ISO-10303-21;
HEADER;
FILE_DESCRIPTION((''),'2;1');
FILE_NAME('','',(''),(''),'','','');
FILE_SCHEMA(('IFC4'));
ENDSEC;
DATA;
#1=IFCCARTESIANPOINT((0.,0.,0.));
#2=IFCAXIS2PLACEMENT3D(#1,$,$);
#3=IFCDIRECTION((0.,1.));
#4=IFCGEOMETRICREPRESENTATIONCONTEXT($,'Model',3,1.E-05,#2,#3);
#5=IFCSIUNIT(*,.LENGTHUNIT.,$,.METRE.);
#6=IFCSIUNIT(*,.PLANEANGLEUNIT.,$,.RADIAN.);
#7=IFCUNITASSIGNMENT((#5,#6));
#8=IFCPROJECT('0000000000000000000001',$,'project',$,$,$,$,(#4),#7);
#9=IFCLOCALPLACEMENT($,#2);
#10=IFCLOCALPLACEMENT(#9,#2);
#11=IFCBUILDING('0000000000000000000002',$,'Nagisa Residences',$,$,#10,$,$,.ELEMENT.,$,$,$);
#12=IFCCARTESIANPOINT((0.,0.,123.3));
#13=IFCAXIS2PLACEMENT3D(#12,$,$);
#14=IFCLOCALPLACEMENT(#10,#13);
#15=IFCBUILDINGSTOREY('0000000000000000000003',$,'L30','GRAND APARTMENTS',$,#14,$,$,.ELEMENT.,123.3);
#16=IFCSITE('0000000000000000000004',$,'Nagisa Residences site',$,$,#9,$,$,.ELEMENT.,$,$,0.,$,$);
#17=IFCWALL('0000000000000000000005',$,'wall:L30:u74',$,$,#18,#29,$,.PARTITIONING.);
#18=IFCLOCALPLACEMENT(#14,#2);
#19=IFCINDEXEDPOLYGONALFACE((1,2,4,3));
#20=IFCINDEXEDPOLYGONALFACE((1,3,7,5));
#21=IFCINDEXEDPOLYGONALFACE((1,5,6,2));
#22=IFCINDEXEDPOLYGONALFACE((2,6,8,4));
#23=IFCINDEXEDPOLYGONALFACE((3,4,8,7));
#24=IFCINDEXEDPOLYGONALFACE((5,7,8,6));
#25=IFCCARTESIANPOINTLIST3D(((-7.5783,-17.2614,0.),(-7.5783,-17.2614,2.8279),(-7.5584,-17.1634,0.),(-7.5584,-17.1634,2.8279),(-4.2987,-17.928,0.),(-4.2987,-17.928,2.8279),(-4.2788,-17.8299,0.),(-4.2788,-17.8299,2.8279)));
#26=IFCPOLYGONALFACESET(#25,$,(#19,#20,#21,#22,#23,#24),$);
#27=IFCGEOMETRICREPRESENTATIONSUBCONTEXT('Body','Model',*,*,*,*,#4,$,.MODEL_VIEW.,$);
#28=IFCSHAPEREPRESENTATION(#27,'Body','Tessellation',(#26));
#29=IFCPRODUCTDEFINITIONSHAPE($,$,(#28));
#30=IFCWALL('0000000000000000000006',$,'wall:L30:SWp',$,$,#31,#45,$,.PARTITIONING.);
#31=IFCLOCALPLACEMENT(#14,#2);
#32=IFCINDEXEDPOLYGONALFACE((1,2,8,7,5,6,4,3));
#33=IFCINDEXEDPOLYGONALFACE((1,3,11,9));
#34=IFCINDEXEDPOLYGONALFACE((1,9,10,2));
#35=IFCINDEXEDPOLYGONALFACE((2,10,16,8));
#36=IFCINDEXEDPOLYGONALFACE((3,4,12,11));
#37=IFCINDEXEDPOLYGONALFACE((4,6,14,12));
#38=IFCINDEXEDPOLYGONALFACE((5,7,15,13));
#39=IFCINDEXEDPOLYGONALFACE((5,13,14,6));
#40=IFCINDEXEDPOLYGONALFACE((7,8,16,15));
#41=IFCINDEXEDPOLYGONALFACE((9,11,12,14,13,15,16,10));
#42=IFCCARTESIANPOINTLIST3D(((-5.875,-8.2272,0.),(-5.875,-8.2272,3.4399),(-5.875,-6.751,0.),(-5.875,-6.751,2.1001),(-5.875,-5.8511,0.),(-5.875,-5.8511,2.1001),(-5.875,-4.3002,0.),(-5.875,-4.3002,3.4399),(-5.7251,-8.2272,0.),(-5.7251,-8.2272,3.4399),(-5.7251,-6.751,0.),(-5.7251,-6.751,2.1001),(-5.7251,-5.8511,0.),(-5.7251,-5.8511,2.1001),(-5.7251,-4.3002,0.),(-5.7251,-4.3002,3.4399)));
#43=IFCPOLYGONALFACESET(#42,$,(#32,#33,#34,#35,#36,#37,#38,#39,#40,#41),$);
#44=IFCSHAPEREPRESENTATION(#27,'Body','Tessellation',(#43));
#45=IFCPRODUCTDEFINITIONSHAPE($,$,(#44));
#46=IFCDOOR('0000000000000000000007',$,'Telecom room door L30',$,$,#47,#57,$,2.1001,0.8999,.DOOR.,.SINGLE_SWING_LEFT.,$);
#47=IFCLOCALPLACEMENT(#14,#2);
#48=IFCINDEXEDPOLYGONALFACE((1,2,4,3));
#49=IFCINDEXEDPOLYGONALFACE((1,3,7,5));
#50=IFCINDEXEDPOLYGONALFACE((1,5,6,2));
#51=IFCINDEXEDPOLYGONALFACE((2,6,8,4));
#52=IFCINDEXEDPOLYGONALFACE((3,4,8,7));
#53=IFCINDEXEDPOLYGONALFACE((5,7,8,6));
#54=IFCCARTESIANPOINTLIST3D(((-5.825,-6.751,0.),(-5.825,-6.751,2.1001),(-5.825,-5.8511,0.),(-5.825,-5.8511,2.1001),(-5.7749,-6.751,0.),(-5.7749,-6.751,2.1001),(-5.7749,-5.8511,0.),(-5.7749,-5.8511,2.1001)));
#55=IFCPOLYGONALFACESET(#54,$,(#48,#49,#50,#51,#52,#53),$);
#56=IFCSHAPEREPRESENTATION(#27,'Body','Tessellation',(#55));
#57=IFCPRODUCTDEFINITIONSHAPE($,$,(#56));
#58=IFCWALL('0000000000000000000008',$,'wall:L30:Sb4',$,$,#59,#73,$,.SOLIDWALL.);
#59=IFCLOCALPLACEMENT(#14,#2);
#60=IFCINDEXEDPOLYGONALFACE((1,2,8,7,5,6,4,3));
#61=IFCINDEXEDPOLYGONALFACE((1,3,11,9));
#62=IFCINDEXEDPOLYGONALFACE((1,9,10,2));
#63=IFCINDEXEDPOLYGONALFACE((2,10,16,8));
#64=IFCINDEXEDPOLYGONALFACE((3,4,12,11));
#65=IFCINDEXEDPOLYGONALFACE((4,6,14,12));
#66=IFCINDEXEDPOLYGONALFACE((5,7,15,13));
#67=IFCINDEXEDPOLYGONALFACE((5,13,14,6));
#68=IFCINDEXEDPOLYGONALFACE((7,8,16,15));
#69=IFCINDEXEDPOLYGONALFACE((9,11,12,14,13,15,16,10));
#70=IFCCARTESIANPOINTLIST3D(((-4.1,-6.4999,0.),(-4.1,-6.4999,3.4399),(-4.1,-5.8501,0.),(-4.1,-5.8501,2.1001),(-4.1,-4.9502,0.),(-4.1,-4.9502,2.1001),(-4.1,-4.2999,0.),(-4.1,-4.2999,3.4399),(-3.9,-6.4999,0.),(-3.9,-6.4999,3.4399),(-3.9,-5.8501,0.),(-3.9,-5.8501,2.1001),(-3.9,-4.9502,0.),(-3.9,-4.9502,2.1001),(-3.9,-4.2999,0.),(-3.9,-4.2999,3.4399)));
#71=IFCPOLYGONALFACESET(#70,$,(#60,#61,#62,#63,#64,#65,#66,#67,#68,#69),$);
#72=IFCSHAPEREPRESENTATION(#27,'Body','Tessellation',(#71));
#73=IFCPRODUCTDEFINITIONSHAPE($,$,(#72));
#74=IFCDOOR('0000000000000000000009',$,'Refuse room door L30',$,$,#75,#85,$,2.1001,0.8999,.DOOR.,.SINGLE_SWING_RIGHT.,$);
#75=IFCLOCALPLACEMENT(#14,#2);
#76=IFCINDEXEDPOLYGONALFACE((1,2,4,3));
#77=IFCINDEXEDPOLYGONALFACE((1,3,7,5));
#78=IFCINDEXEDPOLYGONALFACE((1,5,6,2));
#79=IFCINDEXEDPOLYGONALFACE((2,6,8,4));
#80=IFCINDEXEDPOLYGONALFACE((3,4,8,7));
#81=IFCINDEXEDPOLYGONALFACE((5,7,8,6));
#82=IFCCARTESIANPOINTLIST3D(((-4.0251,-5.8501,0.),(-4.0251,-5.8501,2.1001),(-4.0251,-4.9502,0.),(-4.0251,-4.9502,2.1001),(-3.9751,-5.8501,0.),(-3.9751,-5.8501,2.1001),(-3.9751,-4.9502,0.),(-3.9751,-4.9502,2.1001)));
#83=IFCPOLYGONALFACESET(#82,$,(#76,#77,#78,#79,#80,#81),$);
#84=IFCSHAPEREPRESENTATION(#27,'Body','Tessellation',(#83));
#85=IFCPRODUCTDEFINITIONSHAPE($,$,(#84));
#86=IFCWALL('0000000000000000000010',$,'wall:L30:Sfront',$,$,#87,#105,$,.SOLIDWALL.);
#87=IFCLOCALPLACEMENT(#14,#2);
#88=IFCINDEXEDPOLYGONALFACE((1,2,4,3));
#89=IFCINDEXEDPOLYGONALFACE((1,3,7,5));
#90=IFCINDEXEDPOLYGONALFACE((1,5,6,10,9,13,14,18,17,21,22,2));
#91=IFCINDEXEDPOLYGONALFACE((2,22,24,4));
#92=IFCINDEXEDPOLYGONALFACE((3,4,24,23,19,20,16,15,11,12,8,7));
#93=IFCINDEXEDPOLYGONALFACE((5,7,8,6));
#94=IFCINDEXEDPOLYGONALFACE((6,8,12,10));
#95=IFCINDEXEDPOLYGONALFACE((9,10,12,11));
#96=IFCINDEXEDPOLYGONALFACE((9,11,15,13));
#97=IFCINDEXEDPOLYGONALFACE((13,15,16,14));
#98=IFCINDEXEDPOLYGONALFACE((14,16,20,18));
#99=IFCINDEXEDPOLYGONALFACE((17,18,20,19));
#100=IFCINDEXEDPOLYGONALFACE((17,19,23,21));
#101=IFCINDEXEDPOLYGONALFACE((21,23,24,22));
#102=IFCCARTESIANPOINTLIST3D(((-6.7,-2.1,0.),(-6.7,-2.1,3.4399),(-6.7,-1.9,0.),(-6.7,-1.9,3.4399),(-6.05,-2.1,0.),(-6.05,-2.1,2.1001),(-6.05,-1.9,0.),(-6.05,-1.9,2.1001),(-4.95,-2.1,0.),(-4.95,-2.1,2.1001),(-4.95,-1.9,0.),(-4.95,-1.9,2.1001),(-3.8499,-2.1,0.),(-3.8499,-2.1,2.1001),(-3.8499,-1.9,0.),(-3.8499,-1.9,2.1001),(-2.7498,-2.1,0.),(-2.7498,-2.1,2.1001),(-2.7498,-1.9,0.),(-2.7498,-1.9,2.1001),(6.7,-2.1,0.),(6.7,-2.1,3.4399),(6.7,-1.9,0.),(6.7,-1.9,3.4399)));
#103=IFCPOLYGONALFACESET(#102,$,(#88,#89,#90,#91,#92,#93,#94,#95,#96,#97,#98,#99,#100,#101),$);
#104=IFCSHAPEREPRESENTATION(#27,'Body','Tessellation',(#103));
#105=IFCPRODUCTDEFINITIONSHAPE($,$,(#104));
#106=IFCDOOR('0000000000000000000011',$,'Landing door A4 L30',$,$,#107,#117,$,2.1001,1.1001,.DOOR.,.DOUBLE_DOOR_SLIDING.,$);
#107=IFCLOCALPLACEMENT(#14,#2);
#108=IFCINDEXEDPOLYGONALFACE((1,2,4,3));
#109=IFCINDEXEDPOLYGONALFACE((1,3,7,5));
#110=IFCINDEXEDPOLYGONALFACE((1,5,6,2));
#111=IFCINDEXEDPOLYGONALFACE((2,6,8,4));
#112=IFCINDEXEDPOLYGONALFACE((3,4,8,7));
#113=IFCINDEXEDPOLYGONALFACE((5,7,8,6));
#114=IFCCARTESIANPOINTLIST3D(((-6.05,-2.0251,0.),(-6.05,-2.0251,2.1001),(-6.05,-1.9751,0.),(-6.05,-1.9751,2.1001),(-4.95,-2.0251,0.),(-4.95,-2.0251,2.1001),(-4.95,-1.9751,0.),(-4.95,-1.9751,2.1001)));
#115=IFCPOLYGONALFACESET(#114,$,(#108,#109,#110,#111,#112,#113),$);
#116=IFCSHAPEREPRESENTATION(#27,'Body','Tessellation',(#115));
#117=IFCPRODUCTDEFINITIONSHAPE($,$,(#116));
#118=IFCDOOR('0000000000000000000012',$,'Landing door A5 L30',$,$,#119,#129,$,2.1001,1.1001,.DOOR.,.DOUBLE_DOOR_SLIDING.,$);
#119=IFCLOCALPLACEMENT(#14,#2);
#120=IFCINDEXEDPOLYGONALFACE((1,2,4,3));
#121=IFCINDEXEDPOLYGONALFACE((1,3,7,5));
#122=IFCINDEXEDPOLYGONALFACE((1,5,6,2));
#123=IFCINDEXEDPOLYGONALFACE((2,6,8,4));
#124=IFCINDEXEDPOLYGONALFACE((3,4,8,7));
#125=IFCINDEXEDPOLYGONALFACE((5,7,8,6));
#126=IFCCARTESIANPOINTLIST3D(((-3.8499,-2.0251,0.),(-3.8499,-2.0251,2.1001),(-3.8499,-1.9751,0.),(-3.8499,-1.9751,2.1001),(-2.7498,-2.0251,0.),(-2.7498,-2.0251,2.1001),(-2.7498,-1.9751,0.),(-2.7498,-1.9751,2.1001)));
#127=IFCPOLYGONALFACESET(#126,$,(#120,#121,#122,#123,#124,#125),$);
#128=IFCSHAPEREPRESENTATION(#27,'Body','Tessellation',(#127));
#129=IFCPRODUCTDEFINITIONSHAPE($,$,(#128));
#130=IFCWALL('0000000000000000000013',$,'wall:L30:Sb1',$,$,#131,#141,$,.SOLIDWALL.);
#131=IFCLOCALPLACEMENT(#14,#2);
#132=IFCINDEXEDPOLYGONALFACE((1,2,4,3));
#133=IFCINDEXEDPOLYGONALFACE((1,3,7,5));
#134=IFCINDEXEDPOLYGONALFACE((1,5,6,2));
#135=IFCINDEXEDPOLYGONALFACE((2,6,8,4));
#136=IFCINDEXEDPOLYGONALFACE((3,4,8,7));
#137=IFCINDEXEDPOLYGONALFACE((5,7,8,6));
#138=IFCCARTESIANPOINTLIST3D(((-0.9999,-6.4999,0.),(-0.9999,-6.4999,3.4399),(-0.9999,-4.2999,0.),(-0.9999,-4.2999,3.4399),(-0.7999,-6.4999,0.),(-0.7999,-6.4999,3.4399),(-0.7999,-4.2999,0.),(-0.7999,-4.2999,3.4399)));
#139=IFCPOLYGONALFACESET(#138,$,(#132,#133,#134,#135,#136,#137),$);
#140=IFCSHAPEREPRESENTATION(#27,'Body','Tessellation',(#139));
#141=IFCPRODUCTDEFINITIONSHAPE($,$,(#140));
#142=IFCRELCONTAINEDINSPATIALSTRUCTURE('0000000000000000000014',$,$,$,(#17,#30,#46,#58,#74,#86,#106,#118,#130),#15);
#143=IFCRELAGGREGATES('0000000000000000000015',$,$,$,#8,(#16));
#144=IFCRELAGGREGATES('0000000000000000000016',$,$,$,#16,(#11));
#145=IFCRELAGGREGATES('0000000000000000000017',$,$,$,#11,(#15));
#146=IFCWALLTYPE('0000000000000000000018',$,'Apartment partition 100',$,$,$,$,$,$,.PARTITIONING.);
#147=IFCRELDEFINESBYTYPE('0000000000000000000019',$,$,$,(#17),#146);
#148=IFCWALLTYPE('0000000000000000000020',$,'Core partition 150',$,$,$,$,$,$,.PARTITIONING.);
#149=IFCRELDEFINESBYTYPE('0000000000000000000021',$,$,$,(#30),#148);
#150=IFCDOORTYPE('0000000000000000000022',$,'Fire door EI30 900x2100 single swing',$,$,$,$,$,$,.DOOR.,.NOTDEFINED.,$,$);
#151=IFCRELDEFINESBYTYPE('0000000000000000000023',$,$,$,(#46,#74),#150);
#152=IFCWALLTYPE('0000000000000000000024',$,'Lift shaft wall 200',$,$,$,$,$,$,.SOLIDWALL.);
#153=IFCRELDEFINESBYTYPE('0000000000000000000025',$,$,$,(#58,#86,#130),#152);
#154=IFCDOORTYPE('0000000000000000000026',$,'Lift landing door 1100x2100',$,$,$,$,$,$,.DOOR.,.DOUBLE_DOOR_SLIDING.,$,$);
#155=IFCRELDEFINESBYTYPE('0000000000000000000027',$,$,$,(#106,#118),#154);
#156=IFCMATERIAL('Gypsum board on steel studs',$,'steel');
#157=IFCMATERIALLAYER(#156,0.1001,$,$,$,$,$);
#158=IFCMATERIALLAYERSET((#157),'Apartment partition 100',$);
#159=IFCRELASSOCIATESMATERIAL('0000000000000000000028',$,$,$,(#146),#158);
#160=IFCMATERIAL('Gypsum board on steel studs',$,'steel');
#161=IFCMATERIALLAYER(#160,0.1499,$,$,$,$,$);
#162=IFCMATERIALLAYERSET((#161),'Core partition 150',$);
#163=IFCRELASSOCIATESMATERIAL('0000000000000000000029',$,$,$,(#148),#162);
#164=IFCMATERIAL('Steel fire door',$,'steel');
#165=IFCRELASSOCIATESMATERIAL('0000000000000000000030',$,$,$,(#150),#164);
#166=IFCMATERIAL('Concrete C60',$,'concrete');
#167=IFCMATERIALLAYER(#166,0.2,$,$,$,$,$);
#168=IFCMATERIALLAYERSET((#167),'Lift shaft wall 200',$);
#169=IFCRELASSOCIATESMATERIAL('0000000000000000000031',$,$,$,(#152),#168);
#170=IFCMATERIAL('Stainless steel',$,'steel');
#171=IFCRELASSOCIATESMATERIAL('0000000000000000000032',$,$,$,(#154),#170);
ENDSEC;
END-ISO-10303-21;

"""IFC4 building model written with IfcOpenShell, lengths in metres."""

from ifc_helpers import new_model, si_unit, direction, frame, frame_2d, origin, place, context, subcontext, project, spatial, rectangle, extrude, material, layer, layer_set, type_object, element, fill, save


model = new_model("IFC4")

# Units and contexts
model_context = context("Model", 3, precision=1e-05, world=origin(), true_north=direction((0.0, 1.0)))
body_context = subcontext(model_context, "Body", "Model", "MODEL_VIEW")
ifc_project = project(units=[si_unit("LENGTHUNIT", "METRE"), si_unit("PLANEANGLEUNIT", "RADIAN")], contexts=[model_context])

# Site, building, storey
site_placement = place(None, origin())
site = spatial("IfcSite", under=ifc_project, at=site_placement, Name="Nagisa Residences site", CompositionType="ELEMENT", RefElevation=0.0)
building_placement = place(site_placement, origin())
building = spatial("IfcBuilding", under=site, at=building_placement, Name="Nagisa Residences", CompositionType="ELEMENT")
storey_placement = place(building_placement, frame((0.0, 0.0, 123.3)))
storey = spatial("IfcBuildingStorey", under=building, at=storey_placement, Name="L30", Description="GRAND APARTMENTS", CompositionType="ELEMENT", Elevation=123.3)

# Shared definitions
ifc_material_1 = material(Name="Gypsum board on steel studs", Category="steel")
ifc_layer_1 = layer(ifc_material_1, 0.1001)
ifc_layer_set_1 = layer_set([ifc_layer_1], Name="Apartment partition 100")
wall_type_1 = type_object("IfcWallType", Name="Apartment partition 100", PredefinedType="PARTITIONING", material=ifc_layer_set_1)

# Wall
wall_1_placement = place(storey_placement, frame((-7.5684, -17.2124, 0.0), z_axis=(0.0, 0.0, 1.0), x_axis=(0.979967, -0.19916, 0.0)))
element("IfcWall", 1, at=wall_1_placement, inside=storey, type_object=wall_type_1, Name="wall:L30:u74", PredefinedType="PARTITIONING", context=body_context, shape_type="SweptSolid", body=[
    extrude(rectangle(XDim=3.3467, YDim=0.1001, at=frame_2d((1.6733, 0.0))), origin(), (0.0, 0.0, 1.0), 2.8279),
])

# Walls, openings, doors
ifc_material_2 = material(Name="Gypsum board on steel studs", Category="steel")
ifc_layer_2 = layer(ifc_material_2, 0.1499)
ifc_layer_set_2 = layer_set([ifc_layer_2], Name="Core partition 150")
wall_type_2 = type_object("IfcWallType", Name="Core partition 150", PredefinedType="PARTITIONING", material=ifc_layer_set_2)
wall_2_placement = place(storey_placement, frame((-5.8, -8.2271, 0.0), z_axis=(0.0, 0.0, 1.0), x_axis=(0.0, 1.0, 0.0)))
wall_2 = element("IfcWall", 2, at=wall_2_placement, inside=storey, type_object=wall_type_2, Name="wall:L30:SWp", PredefinedType="PARTITIONING", context=body_context, shape_type="SweptSolid", body=[
    extrude(rectangle(XDim=3.927, YDim=0.1499, at=frame_2d((1.9634, 0.0))), origin(), (0.0, 0.0, 1.0), 3.4399),
])
opening_1_placement = place(wall_2_placement, frame((1.4761, 0.0, 0.0)))
opening_1 = element("IfcOpeningElement", 3, at=opening_1_placement, cuts=wall_2, PredefinedType="OPENING", context=body_context, shape_type="SweptSolid", body=[
    extrude(rectangle(XDim=0.8999, YDim=2.1001, at=frame_2d((0.45, 1.05))), frame((0.0, 0.085, 0.0), z_axis=(0.0, -1.0, 0.0), x_axis=(1.0, 0.0, 0.0)), (0.0, 0.0, 1.0), 0.1699),
])
ifc_material_3 = material(Name="Steel fire door", Category="steel")
door_type_1 = type_object("IfcDoorType", Name="Fire door EI30 900x2100 single swing", OperationType="NOTDEFINED", PredefinedType="DOOR", material=ifc_material_3)
door_1_placement = place(opening_1_placement, origin())
door_1 = element("IfcDoor", 4, at=door_1_placement, inside=storey, type_object=door_type_1, Name="Telecom room door L30", OperationType="SINGLE_SWING_LEFT", OverallHeight=2.1001, OverallWidth=0.8999, PredefinedType="DOOR", context=body_context, shape_type="SweptSolid", body=[
    extrude(rectangle(XDim=0.8999, YDim=2.1001, at=frame_2d((0.45, 1.05))), frame((0.0, 0.0249, 0.0), z_axis=(0.0, -1.0, 0.0), x_axis=(1.0, 0.0, 0.0)), (0.0, 0.0, 1.0), 0.05),
])
fill(opening_1, door_1)
ifc_material_4 = material(Name="Concrete C60", Category="concrete")
ifc_layer_3 = layer(ifc_material_4, 0.2)
ifc_layer_set_3 = layer_set([ifc_layer_3], Name="Lift shaft wall 200")
wall_type_3 = type_object("IfcWallType", Name="Lift shaft wall 200", PredefinedType="SOLIDWALL", material=ifc_layer_set_3)
wall_3_placement = place(storey_placement, frame((-4.0, -6.5, 0.0), z_axis=(0.0, 0.0, 1.0), x_axis=(0.0, 1.0, 0.0)))
wall_3 = element("IfcWall", 5, at=wall_3_placement, inside=storey, type_object=wall_type_3, Name="wall:L30:Sb4", PredefinedType="SOLIDWALL", context=body_context, shape_type="SweptSolid", body=[
    extrude(rectangle(XDim=2.2, YDim=0.2, at=frame_2d((1.1001, 0.0))), origin(), (0.0, 0.0, 1.0), 3.4399),
])
opening_2_placement = place(wall_3_placement, frame((0.6499, 0.0, 0.0)))
opening_2 = element("IfcOpeningElement", 6, at=opening_2_placement, cuts=wall_3, PredefinedType="OPENING", context=body_context, shape_type="SweptSolid", body=[
    extrude(rectangle(XDim=0.8999, YDim=2.1001, at=frame_2d((0.45, 1.05))), frame((0.0, 0.1099, 0.0), z_axis=(0.0, -1.0, 0.0), x_axis=(1.0, 0.0, 0.0)), (0.0, 0.0, 1.0), 0.22),
])
door_2_placement = place(opening_2_placement, frame((0.8999, 0.0, 0.0), x_axis=(-1.0, 0.0, 0.0)))
door_2 = element("IfcDoor", 7, at=door_2_placement, inside=storey, type_object=door_type_1, Name="Refuse room door L30", OperationType="SINGLE_SWING_RIGHT", OverallHeight=2.1001, OverallWidth=0.8999, PredefinedType="DOOR", context=body_context, shape_type="SweptSolid", body=[
    extrude(rectangle(XDim=0.8999, YDim=2.1001, at=frame_2d((0.45, 1.05))), frame((0.0, 0.0249, 0.0), z_axis=(0.0, -1.0, 0.0), x_axis=(1.0, 0.0, 0.0)), (0.0, 0.0, 1.0), 0.05),
])
fill(opening_2, door_2)

# Wall, openings, doors
wall_4_placement = place(storey_placement, frame((-6.7, -2.0, 0.0), z_axis=(0.0, 0.0, 1.0), x_axis=(1.0, 0.0, 0.0)))
wall_4 = element("IfcWall", 8, at=wall_4_placement, inside=storey, type_object=wall_type_3, Name="wall:L30:Sfront", PredefinedType="SOLIDWALL", context=body_context, shape_type="SweptSolid", body=[
    extrude(rectangle(XDim=13.3999, YDim=0.2, at=frame_2d((6.7, 0.0))), origin(), (0.0, 0.0, 1.0), 3.4399),
])
opening_3_placement = place(wall_4_placement, frame((0.6499, 0.0, 0.0)))
opening_3 = element("IfcOpeningElement", 9, at=opening_3_placement, cuts=wall_4, PredefinedType="OPENING", context=body_context, shape_type="SweptSolid", body=[
    extrude(rectangle(XDim=1.1001, YDim=2.1001, at=frame_2d((0.55, 1.05))), frame((0.0, 0.1099, 0.0), z_axis=(0.0, -1.0, 0.0), x_axis=(1.0, 0.0, 0.0)), (0.0, 0.0, 1.0), 0.22),
])
opening_4_placement = place(wall_4_placement, frame((2.8501, 0.0, 0.0)))
opening_4 = element("IfcOpeningElement", 10, at=opening_4_placement, cuts=wall_4, PredefinedType="OPENING", context=body_context, shape_type="SweptSolid", body=[
    extrude(rectangle(XDim=1.1001, YDim=2.1001, at=frame_2d((0.55, 1.05))), frame((0.0, 0.1099, 0.0), z_axis=(0.0, -1.0, 0.0), x_axis=(1.0, 0.0, 0.0)), (0.0, 0.0, 1.0), 0.22),
])
ifc_material_5 = material(Name="Stainless steel", Category="steel")
door_type_2 = type_object("IfcDoorType", Name="Lift landing door 1100x2100", OperationType="DOUBLE_DOOR_SLIDING", PredefinedType="DOOR", material=ifc_material_5)
door_3_placement = place(opening_3_placement, origin())
door_3 = element("IfcDoor", 11, at=door_3_placement, inside=storey, type_object=door_type_2, Name="Landing door A4 L30", OperationType="DOUBLE_DOOR_SLIDING", OverallHeight=2.1001, OverallWidth=1.1001, PredefinedType="DOOR", context=body_context, shape_type="SweptSolid", body=[
    extrude(rectangle(XDim=1.1001, YDim=2.1001, at=frame_2d((0.55, 1.05))), frame((0.0, 0.0249, 0.0), z_axis=(0.0, -1.0, 0.0), x_axis=(1.0, 0.0, 0.0)), (0.0, 0.0, 1.0), 0.05),
])
fill(opening_3, door_3)
door_4_placement = place(opening_4_placement, origin())
door_4 = element("IfcDoor", 12, at=door_4_placement, inside=storey, type_object=door_type_2, Name="Landing door A5 L30", OperationType="DOUBLE_DOOR_SLIDING", OverallHeight=2.1001, OverallWidth=1.1001, PredefinedType="DOOR", context=body_context, shape_type="SweptSolid", body=[
    extrude(rectangle(XDim=1.1001, YDim=2.1001, at=frame_2d((0.55, 1.05))), frame((0.0, 0.0249, 0.0), z_axis=(0.0, -1.0, 0.0), x_axis=(1.0, 0.0, 0.0)), (0.0, 0.0, 1.0), 0.05),
])
fill(opening_4, door_4)

# Wall
wall_5_placement = place(storey_placement, frame((-0.8999, -6.5, 0.0), z_axis=(0.0, 0.0, 1.0), x_axis=(0.0, 1.0, 0.0)))
element("IfcWall", 13, at=wall_5_placement, inside=storey, type_object=wall_type_3, Name="wall:L30:Sb1", PredefinedType="SOLIDWALL", context=body_context, shape_type="SweptSolid", body=[
    extrude(rectangle(XDim=2.2, YDim=0.2, at=frame_2d((1.1001, 0.0))), origin(), (0.0, 0.0, 1.0), 3.4399),
])

save(model, "model.ifc")
